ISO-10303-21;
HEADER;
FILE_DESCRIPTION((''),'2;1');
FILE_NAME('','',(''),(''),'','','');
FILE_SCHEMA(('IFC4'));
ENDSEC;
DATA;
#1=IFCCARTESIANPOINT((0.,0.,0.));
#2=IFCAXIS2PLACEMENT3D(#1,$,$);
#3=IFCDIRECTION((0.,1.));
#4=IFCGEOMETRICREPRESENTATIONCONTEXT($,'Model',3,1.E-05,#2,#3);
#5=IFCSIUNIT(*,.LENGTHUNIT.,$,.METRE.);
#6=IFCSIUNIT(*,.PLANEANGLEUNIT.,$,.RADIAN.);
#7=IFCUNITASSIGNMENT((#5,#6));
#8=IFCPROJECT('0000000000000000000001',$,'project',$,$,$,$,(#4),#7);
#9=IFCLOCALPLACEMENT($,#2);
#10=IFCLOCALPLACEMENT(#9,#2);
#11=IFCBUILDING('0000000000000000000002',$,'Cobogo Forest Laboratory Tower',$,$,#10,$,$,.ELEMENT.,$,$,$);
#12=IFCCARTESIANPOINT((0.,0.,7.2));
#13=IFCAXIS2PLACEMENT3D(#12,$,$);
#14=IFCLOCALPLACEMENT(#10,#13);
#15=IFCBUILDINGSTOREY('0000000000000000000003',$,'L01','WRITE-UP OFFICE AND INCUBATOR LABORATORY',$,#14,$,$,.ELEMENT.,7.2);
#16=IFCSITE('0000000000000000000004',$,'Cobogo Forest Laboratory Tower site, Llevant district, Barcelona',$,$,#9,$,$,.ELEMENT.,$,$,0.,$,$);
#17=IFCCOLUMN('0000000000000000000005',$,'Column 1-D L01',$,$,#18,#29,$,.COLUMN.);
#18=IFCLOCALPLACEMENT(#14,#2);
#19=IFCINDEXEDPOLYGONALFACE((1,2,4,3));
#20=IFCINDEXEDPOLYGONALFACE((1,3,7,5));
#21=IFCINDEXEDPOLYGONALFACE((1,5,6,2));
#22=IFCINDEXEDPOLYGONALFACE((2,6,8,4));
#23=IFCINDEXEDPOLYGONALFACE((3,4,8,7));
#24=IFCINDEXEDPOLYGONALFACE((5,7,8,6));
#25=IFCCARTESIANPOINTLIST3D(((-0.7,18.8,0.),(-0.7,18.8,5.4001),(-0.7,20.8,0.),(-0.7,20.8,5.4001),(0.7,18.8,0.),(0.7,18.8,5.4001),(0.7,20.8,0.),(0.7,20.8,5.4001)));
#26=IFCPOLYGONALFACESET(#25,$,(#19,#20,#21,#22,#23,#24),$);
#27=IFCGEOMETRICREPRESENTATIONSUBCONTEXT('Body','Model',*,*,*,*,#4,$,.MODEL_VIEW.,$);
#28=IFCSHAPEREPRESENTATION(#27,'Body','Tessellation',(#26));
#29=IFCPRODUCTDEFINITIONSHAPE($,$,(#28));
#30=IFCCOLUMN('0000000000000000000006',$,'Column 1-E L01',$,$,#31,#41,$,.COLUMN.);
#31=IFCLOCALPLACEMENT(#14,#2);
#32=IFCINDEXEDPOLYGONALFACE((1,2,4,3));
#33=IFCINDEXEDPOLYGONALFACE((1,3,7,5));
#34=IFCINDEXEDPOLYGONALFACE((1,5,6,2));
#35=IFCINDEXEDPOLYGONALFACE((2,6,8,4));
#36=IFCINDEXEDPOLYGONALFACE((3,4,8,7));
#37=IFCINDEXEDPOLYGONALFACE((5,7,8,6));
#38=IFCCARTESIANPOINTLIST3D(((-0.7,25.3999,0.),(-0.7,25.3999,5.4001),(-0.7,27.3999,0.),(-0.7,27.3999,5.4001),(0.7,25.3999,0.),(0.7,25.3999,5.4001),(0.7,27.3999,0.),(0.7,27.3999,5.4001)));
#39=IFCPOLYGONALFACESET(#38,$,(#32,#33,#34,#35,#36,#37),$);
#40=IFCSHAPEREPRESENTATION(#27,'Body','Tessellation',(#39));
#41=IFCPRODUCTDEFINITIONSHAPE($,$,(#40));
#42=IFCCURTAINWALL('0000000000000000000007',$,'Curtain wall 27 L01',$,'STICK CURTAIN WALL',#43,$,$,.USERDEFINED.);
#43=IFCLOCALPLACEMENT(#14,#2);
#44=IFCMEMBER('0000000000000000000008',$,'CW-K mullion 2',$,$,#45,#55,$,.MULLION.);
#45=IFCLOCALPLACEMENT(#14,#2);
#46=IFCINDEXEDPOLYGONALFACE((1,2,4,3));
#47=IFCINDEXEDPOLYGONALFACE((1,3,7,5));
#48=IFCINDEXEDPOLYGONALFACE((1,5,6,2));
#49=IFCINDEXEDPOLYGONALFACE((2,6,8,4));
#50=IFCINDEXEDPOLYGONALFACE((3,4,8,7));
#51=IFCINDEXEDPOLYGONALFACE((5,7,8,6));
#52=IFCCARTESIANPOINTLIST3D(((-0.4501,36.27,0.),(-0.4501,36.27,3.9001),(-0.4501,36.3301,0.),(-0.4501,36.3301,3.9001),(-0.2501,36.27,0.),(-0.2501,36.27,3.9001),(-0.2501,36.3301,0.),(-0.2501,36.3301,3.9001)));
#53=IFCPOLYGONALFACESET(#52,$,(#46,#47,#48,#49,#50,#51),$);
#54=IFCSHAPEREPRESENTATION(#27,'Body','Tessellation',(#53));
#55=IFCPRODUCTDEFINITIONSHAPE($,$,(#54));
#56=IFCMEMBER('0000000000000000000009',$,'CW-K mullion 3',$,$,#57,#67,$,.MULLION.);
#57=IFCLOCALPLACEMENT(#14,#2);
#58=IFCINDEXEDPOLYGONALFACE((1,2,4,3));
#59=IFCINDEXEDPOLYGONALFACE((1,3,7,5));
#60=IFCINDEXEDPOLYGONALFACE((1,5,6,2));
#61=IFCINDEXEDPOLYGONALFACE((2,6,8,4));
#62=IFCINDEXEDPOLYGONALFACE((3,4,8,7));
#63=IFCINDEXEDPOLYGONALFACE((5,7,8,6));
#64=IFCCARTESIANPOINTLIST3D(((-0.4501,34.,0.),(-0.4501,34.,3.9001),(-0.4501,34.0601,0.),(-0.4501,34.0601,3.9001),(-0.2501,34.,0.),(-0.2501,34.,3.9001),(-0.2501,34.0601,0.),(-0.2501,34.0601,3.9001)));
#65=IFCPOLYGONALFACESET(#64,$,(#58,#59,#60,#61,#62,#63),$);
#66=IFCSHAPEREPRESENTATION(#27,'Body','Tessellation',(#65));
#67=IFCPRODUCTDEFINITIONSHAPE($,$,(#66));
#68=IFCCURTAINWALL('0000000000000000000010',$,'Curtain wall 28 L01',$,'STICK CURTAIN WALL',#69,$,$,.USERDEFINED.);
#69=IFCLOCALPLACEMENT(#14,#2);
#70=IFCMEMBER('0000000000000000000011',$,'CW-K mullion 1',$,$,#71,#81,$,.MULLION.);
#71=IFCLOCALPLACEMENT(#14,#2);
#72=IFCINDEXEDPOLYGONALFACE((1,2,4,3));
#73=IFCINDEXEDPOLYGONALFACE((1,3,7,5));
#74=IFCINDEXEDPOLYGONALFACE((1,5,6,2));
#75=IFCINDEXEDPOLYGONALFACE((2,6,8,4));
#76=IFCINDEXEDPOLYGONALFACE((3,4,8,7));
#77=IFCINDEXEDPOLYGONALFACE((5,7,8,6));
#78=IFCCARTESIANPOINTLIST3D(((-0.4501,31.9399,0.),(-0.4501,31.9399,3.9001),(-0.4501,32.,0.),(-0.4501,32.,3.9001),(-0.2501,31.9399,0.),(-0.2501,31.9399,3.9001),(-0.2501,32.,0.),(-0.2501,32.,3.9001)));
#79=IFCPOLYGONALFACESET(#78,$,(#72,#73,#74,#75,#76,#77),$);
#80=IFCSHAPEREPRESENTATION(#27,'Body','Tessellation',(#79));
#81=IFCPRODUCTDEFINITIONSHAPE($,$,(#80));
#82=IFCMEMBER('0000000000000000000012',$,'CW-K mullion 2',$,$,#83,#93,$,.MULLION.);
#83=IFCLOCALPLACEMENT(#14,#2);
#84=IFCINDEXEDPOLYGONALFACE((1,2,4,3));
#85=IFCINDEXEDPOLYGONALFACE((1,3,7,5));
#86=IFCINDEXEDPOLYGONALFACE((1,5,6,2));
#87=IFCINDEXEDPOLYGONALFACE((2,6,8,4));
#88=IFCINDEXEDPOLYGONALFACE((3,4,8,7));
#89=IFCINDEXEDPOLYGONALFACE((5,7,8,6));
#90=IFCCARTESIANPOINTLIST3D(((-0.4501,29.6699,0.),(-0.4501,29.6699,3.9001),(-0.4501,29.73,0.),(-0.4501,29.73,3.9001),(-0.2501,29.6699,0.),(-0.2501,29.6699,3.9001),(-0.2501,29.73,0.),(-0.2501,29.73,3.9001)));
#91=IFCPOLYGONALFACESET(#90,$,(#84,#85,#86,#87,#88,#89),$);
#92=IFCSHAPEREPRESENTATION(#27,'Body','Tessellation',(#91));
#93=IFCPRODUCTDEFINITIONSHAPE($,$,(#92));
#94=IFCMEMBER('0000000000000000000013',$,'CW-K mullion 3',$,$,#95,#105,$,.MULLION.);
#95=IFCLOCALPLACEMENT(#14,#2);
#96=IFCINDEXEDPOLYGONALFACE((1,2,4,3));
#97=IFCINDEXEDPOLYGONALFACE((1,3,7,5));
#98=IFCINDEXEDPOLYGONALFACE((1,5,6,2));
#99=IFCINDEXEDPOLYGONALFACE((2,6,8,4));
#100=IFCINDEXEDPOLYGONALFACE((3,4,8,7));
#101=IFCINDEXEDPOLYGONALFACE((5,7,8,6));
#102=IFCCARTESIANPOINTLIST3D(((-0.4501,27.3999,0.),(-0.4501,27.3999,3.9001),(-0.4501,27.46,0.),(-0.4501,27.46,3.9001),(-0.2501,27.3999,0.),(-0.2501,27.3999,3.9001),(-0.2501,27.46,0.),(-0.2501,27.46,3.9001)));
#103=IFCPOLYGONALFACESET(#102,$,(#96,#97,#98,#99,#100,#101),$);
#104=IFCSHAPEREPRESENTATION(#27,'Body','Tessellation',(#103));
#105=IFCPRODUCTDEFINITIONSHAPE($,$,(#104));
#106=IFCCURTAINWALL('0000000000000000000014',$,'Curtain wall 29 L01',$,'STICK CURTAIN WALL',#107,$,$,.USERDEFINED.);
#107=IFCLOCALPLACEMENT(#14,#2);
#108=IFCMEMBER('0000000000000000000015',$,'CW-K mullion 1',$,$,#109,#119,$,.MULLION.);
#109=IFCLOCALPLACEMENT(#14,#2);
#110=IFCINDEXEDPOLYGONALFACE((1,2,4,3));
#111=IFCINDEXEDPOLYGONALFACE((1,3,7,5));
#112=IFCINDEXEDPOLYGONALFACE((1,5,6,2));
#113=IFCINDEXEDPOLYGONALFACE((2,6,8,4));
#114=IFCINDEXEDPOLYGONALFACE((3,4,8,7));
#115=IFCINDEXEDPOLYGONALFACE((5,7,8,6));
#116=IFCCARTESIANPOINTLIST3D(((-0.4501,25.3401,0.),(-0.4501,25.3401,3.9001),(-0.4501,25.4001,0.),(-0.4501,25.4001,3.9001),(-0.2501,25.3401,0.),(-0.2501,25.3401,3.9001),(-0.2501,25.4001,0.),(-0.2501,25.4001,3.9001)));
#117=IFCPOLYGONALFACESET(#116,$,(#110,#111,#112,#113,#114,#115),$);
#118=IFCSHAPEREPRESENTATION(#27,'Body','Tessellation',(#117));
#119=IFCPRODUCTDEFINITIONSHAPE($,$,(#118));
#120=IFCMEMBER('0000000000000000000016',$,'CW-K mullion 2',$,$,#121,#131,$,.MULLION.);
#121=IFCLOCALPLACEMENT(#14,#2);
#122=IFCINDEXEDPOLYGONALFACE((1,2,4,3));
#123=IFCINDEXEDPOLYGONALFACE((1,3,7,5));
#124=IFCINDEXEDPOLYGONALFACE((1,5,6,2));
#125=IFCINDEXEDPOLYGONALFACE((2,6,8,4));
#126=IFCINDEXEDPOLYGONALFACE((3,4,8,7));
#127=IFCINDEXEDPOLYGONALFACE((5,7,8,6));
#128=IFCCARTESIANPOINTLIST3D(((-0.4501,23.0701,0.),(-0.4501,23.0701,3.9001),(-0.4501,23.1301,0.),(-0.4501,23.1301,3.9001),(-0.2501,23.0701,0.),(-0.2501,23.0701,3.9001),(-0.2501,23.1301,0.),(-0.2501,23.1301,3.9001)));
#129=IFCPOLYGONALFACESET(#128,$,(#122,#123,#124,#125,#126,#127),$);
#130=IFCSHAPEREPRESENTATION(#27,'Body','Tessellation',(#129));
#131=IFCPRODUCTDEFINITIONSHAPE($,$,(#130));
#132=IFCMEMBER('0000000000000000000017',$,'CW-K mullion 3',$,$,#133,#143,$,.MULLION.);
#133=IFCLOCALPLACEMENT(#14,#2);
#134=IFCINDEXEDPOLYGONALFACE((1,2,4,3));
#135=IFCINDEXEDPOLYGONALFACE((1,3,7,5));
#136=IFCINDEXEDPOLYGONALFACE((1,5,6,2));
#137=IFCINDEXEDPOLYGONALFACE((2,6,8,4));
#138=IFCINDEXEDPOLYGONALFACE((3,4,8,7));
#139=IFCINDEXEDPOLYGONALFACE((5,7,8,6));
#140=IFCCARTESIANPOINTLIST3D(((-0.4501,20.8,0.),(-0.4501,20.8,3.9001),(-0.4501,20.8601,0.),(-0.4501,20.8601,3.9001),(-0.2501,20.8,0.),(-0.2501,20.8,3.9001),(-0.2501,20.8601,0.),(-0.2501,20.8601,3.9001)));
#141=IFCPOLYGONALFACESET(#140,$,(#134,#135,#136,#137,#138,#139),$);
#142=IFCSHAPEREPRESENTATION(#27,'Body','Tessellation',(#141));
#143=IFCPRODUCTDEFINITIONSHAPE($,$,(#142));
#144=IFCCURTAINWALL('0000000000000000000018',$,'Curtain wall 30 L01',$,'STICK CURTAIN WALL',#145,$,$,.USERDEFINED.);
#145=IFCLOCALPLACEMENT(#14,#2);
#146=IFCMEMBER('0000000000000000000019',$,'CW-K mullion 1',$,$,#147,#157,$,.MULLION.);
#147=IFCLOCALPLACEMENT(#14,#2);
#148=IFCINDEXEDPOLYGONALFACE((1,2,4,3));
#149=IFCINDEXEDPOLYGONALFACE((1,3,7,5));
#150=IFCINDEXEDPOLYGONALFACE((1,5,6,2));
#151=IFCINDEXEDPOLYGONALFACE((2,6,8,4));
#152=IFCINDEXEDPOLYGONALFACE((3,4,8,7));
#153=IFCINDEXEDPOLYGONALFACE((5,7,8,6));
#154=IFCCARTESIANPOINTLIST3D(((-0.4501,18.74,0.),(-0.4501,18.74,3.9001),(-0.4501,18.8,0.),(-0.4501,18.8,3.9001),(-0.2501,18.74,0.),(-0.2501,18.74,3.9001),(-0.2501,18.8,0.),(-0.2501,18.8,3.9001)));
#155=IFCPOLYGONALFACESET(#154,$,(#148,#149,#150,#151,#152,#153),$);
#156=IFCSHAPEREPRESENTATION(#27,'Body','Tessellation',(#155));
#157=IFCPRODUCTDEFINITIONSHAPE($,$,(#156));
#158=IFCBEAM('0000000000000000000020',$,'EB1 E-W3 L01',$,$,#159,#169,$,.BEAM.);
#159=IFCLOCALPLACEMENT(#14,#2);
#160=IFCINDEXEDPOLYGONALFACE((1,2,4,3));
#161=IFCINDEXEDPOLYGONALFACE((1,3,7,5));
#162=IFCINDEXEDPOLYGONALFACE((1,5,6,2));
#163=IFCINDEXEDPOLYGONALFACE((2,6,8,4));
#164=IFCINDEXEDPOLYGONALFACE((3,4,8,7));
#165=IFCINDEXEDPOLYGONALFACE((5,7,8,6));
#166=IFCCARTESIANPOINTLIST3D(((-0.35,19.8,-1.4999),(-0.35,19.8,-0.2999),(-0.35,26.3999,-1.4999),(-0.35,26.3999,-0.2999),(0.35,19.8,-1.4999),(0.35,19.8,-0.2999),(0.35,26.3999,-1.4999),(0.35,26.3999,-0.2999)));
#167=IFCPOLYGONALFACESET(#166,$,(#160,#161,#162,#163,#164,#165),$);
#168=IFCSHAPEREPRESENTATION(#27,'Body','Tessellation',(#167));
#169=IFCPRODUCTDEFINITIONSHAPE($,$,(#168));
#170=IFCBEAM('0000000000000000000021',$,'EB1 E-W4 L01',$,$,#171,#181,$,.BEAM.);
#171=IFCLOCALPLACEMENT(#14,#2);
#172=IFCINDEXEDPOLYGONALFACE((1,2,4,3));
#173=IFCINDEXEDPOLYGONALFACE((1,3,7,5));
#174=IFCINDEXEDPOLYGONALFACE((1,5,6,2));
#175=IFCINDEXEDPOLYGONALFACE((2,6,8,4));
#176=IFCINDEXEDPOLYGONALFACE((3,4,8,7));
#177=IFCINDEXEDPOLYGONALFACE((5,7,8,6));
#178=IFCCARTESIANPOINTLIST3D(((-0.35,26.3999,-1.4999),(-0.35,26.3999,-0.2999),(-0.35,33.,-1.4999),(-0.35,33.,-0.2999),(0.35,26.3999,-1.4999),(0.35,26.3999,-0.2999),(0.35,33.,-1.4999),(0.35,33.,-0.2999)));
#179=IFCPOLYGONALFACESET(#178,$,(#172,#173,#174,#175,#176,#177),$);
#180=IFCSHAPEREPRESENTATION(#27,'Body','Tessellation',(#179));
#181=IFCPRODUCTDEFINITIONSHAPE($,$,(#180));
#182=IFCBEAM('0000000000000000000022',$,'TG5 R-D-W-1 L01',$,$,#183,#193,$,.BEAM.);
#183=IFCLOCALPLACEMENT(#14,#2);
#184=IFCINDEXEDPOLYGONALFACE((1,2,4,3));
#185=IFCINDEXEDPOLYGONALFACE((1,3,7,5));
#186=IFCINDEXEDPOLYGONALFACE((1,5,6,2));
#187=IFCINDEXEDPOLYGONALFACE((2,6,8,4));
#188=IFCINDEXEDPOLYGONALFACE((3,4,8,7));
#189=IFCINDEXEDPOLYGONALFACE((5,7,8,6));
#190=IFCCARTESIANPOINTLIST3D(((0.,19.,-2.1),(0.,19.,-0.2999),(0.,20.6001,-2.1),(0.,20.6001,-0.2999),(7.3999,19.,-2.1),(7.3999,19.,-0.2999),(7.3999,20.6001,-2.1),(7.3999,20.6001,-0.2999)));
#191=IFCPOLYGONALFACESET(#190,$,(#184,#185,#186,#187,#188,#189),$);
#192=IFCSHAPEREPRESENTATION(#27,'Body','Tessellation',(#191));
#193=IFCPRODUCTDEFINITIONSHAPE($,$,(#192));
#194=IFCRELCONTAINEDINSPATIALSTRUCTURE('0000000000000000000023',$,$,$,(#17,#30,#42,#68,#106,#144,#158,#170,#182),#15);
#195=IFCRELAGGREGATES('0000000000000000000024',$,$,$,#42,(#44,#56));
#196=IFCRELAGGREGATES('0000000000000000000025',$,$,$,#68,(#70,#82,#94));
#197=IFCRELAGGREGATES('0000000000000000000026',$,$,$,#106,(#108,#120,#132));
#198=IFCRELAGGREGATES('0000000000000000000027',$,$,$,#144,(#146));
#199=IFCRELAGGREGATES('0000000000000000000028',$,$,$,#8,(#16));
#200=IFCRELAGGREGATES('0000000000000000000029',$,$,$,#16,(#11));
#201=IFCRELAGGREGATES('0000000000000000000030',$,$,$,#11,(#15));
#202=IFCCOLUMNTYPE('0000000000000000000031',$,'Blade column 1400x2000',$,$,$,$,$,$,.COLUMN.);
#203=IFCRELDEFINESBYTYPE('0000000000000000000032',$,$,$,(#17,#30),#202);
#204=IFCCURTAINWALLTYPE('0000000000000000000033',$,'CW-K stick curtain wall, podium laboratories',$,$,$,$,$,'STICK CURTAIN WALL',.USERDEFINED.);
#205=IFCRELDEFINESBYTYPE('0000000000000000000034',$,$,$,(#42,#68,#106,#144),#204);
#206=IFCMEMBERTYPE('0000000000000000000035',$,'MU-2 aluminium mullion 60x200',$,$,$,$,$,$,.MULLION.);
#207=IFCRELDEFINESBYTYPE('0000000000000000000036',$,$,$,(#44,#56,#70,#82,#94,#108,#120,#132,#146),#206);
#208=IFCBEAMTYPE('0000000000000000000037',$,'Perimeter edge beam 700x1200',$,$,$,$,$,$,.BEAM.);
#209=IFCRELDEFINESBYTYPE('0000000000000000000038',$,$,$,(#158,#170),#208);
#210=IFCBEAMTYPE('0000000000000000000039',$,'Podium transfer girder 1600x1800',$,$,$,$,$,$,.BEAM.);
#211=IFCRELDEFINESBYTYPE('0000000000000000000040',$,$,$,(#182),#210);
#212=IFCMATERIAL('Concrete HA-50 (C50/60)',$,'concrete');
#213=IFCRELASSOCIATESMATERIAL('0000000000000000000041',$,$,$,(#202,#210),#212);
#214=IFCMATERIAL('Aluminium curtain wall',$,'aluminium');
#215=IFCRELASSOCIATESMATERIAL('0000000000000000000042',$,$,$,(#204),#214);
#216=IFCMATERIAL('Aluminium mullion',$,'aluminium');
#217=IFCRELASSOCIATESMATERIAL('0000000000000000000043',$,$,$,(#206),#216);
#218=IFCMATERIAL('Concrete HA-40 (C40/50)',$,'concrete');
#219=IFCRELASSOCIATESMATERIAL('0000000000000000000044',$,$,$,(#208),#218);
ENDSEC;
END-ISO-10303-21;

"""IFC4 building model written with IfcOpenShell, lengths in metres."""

from ifc_helpers import new_model, si_unit, direction, frame, origin, origin_2d, place, context, subcontext, project, spatial, rectangle, extrude, material, material_profile, profile_set, type_object, element, aggregate, save


model = new_model("IFC4")

# Units and contexts
model_context = context("Model", 3, precision=1e-05, world=origin(), true_north=direction((0.0, 1.0)))
body_context = subcontext(model_context, "Body", "Model", "MODEL_VIEW")
ifc_project = project(units=[si_unit("LENGTHUNIT", "METRE"), si_unit("PLANEANGLEUNIT", "RADIAN")], contexts=[model_context])

# Site, building, storey
site_placement = place(None, origin())
site = spatial("IfcSite", under=ifc_project, at=site_placement, Name="Cobogo Forest Laboratory Tower site, Llevant district, Barcelona", CompositionType="ELEMENT", RefElevation=0.0)
building_placement = place(site_placement, origin())
building = spatial("IfcBuilding", under=site, at=building_placement, Name="Cobogo Forest Laboratory Tower", CompositionType="ELEMENT")
storey_placement = place(building_placement, frame((0.0, 0.0, 7.2)))
storey = spatial("IfcBuildingStorey", under=building, at=storey_placement, Name="L01", Description="WRITE-UP OFFICE AND INCUBATOR LABORATORY", CompositionType="ELEMENT", Elevation=7.2)

# Columns
ifc_material_1 = material(Name="Concrete HA-50 (C50/60)", Category="concrete")
ifc_material_profile_1 = material_profile(ifc_material_1, rectangle(XDim=2.0, YDim=1.3999, at=origin_2d()), Name="RC 1400x2000")
ifc_profile_set_1 = profile_set([ifc_material_profile_1], Name="Concrete HA-50 (C50/60)")
column_type = type_object("IfcColumnType", Name="Blade column 1400x2000", PredefinedType="COLUMN", material=ifc_profile_set_1)
for number, where, z_axis, x_axis, name in (
    (1, (0.0, 19.8, 0.0), (0.0, 0.0, 1.0), (0.0, 1.0, 0.0), "Column 1-D L01"),
    (2, (0.0, 26.3999, 0.0), (0.0, 0.0, 1.0), (0.0, 1.0, 0.0), "Column 1-E L01"),
):
    element("IfcColumn", number, at=place(storey_placement, frame(where, z_axis=z_axis, x_axis=x_axis)), inside=storey, type_object=column_type, Name=name, PredefinedType="COLUMN", context=body_context, shape_type="SweptSolid", body=[
        extrude(rectangle(XDim=2.0, YDim=1.3999, at=origin_2d()), origin(), (0.0, 0.0, 1.0), 5.4001),
    ])

# Curtain walls, members
ifc_material_2 = material(Name="Aluminium curtain wall", Category="aluminium")
curtain_wall_type = type_object("IfcCurtainWallType", Name="CW-K stick curtain wall, podium laboratories", ElementType="STICK CURTAIN WALL", PredefinedType="USERDEFINED", material=ifc_material_2)
curtain_wall_1_placement = place(storey_placement, origin())
curtain_wall_1 = element("IfcCurtainWall", 3, at=curtain_wall_1_placement, inside=storey, type_object=curtain_wall_type, Name="Curtain wall 27 L01", ObjectType="STICK CURTAIN WALL", PredefinedType="USERDEFINED")
ifc_material_3 = material(Name="Aluminium mullion", Category="aluminium")
ifc_material_profile_2 = material_profile(ifc_material_3, rectangle(XDim=0.0601, YDim=0.2, at=origin_2d()), Name="AL 60x200")
ifc_profile_set_2 = profile_set([ifc_material_profile_2], Name="Aluminium mullion")
member_type_1 = type_object("IfcMemberType", Name="MU-2 aluminium mullion 60x200", PredefinedType="MULLION", material=ifc_profile_set_2)
member_1_placement = place(storey_placement, frame((-0.3501, 36.3, 0.0), z_axis=(0.0, 0.0, 1.0), x_axis=(0.0, -1.0, 0.0)))
member_1 = element("IfcMember", 4, at=member_1_placement, type_object=member_type_1, Name="CW-K mullion 2", PredefinedType="MULLION", context=body_context, shape_type="SweptSolid", body=[
    extrude(rectangle(XDim=0.0601, YDim=0.2, at=origin_2d()), origin(), (0.0, 0.0, 1.0), 3.9001),
])
member_2_placement = place(storey_placement, frame((-0.3501, 34.03, 0.0), z_axis=(0.0, 0.0, 1.0), x_axis=(0.0, -1.0, 0.0)))
member_2 = element("IfcMember", 5, at=member_2_placement, type_object=member_type_1, Name="CW-K mullion 3", PredefinedType="MULLION", context=body_context, shape_type="SweptSolid", body=[
    extrude(rectangle(XDim=0.0601, YDim=0.2, at=origin_2d()), origin(), (0.0, 0.0, 1.0), 3.9001),
])
curtain_wall_2_placement = place(storey_placement, origin())
curtain_wall_2 = element("IfcCurtainWall", 6, at=curtain_wall_2_placement, inside=storey, type_object=curtain_wall_type, Name="Curtain wall 28 L01", ObjectType="STICK CURTAIN WALL", PredefinedType="USERDEFINED")
member_3_placement = place(storey_placement, frame((-0.3501, 31.97, 0.0), z_axis=(0.0, 0.0, 1.0), x_axis=(0.0, -1.0, 0.0)))
member_3 = element("IfcMember", 7, at=member_3_placement, type_object=member_type_1, Name="CW-K mullion 1", PredefinedType="MULLION", context=body_context, shape_type="SweptSolid", body=[
    extrude(rectangle(XDim=0.0601, YDim=0.2, at=origin_2d()), origin(), (0.0, 0.0, 1.0), 3.9001),
])
member_4_placement = place(storey_placement, frame((-0.3501, 29.7, 0.0), z_axis=(0.0, 0.0, 1.0), x_axis=(0.0, -1.0, 0.0)))
member_4 = element("IfcMember", 8, at=member_4_placement, type_object=member_type_1, Name="CW-K mullion 2", PredefinedType="MULLION", context=body_context, shape_type="SweptSolid", body=[
    extrude(rectangle(XDim=0.0601, YDim=0.2, at=origin_2d()), origin(), (0.0, 0.0, 1.0), 3.9001),
])
member_5_placement = place(storey_placement, frame((-0.3501, 27.4299, 0.0), z_axis=(0.0, 0.0, 1.0), x_axis=(0.0, -1.0, 0.0)))
member_5 = element("IfcMember", 9, at=member_5_placement, type_object=member_type_1, Name="CW-K mullion 3", PredefinedType="MULLION", context=body_context, shape_type="SweptSolid", body=[
    extrude(rectangle(XDim=0.0601, YDim=0.2, at=origin_2d()), origin(), (0.0, 0.0, 1.0), 3.9001),
])
curtain_wall_3_placement = place(storey_placement, origin())
curtain_wall_3 = element("IfcCurtainWall", 10, at=curtain_wall_3_placement, inside=storey, type_object=curtain_wall_type, Name="Curtain wall 29 L01", ObjectType="STICK CURTAIN WALL", PredefinedType="USERDEFINED")
member_6_placement = place(storey_placement, frame((-0.3501, 25.3701, 0.0), z_axis=(0.0, 0.0, 1.0), x_axis=(0.0, -1.0, 0.0)))
member_6 = element("IfcMember", 11, at=member_6_placement, type_object=member_type_1, Name="CW-K mullion 1", PredefinedType="MULLION", context=body_context, shape_type="SweptSolid", body=[
    extrude(rectangle(XDim=0.0601, YDim=0.2, at=origin_2d()), origin(), (0.0, 0.0, 1.0), 3.9001),
])
member_7_placement = place(storey_placement, frame((-0.3501, 23.1001, 0.0), z_axis=(0.0, 0.0, 1.0), x_axis=(0.0, -1.0, 0.0)))
member_7 = element("IfcMember", 12, at=member_7_placement, type_object=member_type_1, Name="CW-K mullion 2", PredefinedType="MULLION", context=body_context, shape_type="SweptSolid", body=[
    extrude(rectangle(XDim=0.0601, YDim=0.2, at=origin_2d()), origin(), (0.0, 0.0, 1.0), 3.9001),
])
member_8_placement = place(storey_placement, frame((-0.3501, 20.8301, 0.0), z_axis=(0.0, 0.0, 1.0), x_axis=(0.0, -1.0, 0.0)))
member_8 = element("IfcMember", 13, at=member_8_placement, type_object=member_type_1, Name="CW-K mullion 3", PredefinedType="MULLION", context=body_context, shape_type="SweptSolid", body=[
    extrude(rectangle(XDim=0.0601, YDim=0.2, at=origin_2d()), origin(), (0.0, 0.0, 1.0), 3.9001),
])

# Curtain wall, member
curtain_wall_4_placement = place(storey_placement, origin())
curtain_wall_4 = element("IfcCurtainWall", 14, at=curtain_wall_4_placement, inside=storey, type_object=curtain_wall_type, Name="Curtain wall 30 L01", ObjectType="STICK CURTAIN WALL", PredefinedType="USERDEFINED")
member_9_placement = place(storey_placement, frame((-0.3501, 18.77, 0.0), z_axis=(0.0, 0.0, 1.0), x_axis=(0.0, -1.0, 0.0)))
member_9 = element("IfcMember", 15, at=member_9_placement, type_object=member_type_1, Name="CW-K mullion 1", PredefinedType="MULLION", context=body_context, shape_type="SweptSolid", body=[
    extrude(rectangle(XDim=0.0601, YDim=0.2, at=origin_2d()), origin(), (0.0, 0.0, 1.0), 3.9001),
])

# Beams
ifc_material_4 = material(Name="Concrete HA-40 (C40/50)", Category="concrete")
ifc_material_profile_3 = material_profile(ifc_material_4, rectangle(XDim=0.7, YDim=1.2, at=origin_2d()), Name="RC 700x1200")
ifc_profile_set_3 = profile_set([ifc_material_profile_3], Name="Concrete HA-40 (C40/50)")
beam_type_1 = type_object("IfcBeamType", Name="Perimeter edge beam 700x1200", PredefinedType="BEAM", material=ifc_profile_set_3)
beam_1_placement = place(storey_placement, frame((0.0, 19.8, -0.8999), z_axis=(0.0, 1.0, 0.0), x_axis=(-1.0, 0.0, 0.0)))
element("IfcBeam", 16, at=beam_1_placement, inside=storey, type_object=beam_type_1, Name="EB1 E-W3 L01", PredefinedType="BEAM", context=body_context, shape_type="SweptSolid", body=[
    extrude(rectangle(XDim=0.7, YDim=1.2, at=origin_2d()), origin(), (0.0, 0.0, 1.0), 6.5999),
])
beam_2_placement = place(storey_placement, frame((0.0, 26.3999, -0.8999), z_axis=(0.0, 1.0, 0.0), x_axis=(-1.0, 0.0, 0.0)))
element("IfcBeam", 17, at=beam_2_placement, inside=storey, type_object=beam_type_1, Name="EB1 E-W4 L01", PredefinedType="BEAM", context=body_context, shape_type="SweptSolid", body=[
    extrude(rectangle(XDim=0.7, YDim=1.2, at=origin_2d()), origin(), (0.0, 0.0, 1.0), 6.6001),
])
ifc_material_profile_4 = material_profile(ifc_material_1, rectangle(XDim=1.6001, YDim=1.8, at=origin_2d()), Name="RC 1600x1800")
ifc_profile_set_4 = profile_set([ifc_material_profile_4], Name="Concrete HA-50 (C50/60)")
beam_type_2 = type_object("IfcBeamType", Name="Podium transfer girder 1600x1800", PredefinedType="BEAM", material=ifc_profile_set_4)
beam_3_placement = place(storey_placement, frame((0.0, 19.8, -1.2), z_axis=(1.0, 0.0, 0.0), x_axis=(0.0, 1.0, 0.0)))
element("IfcBeam", 18, at=beam_3_placement, inside=storey, type_object=beam_type_2, Name="TG5 R-D-W-1 L01", PredefinedType="BEAM", context=body_context, shape_type="SweptSolid", body=[
    extrude(rectangle(XDim=1.6001, YDim=1.8, at=origin_2d()), origin(), (0.0, 0.0, 1.0), 7.3999),
])

aggregate(curtain_wall_1, [member_1, member_2])
aggregate(curtain_wall_2, [member_3, member_4, member_5])
aggregate(curtain_wall_3, [member_6, member_7, member_8])
aggregate(curtain_wall_4, [member_9])

save(model, "model.ifc")
